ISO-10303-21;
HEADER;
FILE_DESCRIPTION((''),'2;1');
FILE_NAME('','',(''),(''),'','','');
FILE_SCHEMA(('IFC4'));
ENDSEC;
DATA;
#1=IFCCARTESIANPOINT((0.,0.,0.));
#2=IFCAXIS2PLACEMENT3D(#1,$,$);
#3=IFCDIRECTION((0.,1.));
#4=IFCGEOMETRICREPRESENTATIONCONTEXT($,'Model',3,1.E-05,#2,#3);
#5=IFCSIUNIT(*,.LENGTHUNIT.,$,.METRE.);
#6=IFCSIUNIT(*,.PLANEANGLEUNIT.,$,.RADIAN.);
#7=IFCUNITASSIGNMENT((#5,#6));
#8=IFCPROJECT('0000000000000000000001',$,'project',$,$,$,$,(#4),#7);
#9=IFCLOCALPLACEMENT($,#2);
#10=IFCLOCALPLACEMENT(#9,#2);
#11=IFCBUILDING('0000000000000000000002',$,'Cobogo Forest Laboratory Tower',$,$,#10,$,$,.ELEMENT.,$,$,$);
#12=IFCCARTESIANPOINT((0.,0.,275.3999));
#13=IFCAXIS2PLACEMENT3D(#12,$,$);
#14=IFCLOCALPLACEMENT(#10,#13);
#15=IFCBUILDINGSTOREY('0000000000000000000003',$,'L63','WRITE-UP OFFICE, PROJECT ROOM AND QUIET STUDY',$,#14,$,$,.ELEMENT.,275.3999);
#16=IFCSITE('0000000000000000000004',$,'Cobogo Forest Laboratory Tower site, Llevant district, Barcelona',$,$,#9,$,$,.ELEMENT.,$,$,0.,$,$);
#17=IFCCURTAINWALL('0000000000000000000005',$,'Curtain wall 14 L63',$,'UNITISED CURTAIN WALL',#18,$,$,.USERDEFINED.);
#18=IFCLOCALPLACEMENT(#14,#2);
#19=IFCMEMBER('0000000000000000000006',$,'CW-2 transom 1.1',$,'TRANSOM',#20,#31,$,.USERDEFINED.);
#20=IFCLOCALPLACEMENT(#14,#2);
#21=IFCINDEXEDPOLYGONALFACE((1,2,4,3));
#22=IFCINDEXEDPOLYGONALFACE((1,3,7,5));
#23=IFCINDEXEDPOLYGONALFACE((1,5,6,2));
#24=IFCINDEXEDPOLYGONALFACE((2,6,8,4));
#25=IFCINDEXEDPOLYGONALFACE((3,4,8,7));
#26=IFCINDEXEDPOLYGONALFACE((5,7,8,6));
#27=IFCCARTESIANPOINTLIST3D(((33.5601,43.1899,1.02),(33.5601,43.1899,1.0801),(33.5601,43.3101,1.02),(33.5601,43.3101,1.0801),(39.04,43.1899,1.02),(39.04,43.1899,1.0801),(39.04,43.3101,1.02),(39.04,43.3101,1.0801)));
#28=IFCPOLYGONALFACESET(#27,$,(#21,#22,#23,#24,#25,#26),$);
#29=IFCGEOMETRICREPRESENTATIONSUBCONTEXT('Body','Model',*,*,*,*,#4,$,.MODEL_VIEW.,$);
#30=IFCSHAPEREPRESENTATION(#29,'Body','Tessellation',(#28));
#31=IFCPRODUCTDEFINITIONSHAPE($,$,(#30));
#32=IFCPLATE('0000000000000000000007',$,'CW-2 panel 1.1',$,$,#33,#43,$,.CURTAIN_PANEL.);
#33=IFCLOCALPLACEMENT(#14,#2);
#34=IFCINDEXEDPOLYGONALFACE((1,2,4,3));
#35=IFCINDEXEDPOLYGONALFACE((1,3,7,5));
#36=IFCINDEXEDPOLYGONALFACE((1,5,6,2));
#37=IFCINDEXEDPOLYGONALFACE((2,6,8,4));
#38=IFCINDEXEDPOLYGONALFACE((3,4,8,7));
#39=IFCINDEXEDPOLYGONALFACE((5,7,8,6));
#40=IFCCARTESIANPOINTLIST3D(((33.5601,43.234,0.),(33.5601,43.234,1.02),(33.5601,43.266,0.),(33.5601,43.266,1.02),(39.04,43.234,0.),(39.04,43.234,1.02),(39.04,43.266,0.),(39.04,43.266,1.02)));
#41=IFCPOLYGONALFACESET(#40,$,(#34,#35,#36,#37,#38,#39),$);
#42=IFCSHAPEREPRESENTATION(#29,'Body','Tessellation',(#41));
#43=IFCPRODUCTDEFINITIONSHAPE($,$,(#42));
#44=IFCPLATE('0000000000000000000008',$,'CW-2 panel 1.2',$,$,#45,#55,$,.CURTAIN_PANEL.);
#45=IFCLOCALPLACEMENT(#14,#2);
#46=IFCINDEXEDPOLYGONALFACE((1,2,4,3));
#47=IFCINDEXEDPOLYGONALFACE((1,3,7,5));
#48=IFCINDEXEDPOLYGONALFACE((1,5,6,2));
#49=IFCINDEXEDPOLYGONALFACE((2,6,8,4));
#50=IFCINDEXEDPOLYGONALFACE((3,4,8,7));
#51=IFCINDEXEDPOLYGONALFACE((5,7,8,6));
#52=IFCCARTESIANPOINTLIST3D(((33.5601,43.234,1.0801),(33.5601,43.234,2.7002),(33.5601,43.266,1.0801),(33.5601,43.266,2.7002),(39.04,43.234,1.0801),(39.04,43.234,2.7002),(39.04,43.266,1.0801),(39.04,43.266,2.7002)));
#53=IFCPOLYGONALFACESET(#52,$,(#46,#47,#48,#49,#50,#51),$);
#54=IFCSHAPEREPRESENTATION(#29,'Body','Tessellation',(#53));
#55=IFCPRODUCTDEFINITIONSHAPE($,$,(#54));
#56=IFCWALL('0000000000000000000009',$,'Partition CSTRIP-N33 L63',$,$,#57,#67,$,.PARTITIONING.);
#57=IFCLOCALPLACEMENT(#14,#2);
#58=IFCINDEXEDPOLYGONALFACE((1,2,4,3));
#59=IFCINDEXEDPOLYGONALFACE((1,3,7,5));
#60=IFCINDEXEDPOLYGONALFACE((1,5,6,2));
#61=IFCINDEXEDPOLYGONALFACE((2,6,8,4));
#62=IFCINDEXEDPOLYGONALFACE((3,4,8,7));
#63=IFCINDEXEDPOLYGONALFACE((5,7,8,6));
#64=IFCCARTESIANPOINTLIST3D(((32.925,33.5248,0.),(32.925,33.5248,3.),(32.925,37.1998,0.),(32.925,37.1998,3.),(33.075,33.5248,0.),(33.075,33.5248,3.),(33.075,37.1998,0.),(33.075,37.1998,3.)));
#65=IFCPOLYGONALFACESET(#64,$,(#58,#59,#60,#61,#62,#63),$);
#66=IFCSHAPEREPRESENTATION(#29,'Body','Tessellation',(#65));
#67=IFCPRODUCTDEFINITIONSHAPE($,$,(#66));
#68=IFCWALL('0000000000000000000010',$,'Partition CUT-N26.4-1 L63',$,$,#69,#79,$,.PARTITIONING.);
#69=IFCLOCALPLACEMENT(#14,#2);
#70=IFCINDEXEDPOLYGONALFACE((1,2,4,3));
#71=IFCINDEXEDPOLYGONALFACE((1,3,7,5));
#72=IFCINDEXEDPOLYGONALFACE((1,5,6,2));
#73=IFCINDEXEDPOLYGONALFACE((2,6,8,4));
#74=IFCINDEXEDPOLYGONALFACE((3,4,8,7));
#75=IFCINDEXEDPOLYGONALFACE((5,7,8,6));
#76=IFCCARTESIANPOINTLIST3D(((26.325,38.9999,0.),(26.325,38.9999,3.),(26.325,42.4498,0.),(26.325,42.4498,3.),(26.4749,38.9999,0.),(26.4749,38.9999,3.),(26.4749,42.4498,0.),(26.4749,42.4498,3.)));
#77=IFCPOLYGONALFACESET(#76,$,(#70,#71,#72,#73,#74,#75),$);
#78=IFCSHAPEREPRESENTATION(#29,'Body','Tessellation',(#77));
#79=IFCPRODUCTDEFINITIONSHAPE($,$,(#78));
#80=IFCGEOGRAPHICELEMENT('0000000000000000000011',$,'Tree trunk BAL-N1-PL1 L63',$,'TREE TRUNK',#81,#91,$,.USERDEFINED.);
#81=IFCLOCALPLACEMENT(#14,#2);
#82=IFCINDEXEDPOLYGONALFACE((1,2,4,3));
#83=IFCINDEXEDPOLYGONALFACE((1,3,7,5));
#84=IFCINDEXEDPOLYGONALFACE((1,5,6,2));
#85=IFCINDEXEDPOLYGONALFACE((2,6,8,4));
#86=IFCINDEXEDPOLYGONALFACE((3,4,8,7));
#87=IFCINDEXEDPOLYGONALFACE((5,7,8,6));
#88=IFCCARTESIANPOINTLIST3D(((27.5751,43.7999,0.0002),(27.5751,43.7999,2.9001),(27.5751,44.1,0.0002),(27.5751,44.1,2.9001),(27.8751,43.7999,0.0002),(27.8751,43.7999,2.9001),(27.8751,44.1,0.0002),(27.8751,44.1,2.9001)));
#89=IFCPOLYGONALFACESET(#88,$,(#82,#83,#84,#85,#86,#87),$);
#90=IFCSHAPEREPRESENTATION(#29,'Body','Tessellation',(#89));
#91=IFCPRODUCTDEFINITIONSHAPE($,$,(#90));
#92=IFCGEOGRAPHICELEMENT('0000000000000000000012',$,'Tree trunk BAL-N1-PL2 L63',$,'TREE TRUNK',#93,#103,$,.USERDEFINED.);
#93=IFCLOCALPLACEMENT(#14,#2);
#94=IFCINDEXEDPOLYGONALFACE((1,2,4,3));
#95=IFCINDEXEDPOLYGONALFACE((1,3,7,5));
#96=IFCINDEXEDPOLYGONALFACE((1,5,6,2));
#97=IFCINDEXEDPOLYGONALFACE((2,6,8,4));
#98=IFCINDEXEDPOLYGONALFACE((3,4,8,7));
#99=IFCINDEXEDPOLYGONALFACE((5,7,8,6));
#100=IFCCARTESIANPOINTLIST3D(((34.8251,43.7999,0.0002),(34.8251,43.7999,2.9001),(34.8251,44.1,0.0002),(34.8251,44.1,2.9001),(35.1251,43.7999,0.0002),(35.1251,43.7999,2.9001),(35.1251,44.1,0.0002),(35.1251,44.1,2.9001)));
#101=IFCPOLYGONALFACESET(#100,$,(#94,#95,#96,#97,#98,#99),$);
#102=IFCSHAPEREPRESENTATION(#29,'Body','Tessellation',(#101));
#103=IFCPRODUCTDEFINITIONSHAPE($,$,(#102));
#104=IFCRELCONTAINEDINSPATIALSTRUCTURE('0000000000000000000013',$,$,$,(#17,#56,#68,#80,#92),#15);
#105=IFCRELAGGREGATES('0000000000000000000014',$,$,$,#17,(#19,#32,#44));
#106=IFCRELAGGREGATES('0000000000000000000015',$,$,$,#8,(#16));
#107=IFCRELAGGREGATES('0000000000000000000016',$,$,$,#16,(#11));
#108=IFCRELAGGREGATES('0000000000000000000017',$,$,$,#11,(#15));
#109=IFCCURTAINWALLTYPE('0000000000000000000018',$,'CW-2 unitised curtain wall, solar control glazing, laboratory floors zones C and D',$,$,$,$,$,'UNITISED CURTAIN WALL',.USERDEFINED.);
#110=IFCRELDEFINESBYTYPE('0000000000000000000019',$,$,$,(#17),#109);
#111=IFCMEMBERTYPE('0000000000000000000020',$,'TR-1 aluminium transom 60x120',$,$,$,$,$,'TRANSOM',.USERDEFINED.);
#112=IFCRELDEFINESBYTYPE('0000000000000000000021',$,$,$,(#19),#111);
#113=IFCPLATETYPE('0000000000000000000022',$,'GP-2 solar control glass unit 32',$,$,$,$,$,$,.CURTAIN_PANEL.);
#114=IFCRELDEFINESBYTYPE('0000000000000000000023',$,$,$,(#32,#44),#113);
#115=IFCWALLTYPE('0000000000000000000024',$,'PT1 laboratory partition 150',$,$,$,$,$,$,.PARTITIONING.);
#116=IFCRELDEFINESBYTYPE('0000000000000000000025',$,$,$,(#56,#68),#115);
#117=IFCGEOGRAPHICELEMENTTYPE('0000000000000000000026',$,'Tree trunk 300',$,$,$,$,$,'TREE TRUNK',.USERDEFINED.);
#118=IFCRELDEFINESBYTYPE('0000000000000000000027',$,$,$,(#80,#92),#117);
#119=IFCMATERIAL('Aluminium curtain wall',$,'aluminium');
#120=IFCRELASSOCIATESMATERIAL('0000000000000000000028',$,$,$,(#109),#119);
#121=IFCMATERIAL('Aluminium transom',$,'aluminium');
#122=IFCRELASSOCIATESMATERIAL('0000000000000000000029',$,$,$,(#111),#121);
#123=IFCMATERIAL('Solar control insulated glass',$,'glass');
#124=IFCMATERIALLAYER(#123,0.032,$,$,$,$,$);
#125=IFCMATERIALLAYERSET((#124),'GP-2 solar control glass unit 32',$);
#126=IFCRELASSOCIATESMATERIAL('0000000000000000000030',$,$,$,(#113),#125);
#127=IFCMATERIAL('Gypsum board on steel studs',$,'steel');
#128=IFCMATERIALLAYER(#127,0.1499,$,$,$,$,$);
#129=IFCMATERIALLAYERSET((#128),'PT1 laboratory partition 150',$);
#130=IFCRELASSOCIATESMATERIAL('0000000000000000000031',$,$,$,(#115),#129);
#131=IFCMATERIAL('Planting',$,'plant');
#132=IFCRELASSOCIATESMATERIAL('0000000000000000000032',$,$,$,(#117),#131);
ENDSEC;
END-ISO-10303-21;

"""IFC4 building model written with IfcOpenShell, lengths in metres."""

from ifc_helpers import new_model, si_unit, direction, frame, frame_2d, origin, origin_2d, place, context, subcontext, project, spatial, rectangle, extrude, material, layer, layer_set, material_profile, profile_set, type_object, element, aggregate, save


model = new_model("IFC4")

# Units and contexts
model_context = context("Model", 3, precision=1e-05, world=origin(), true_north=direction((0.0, 1.0)))
body_context = subcontext(model_context, "Body", "Model", "MODEL_VIEW")
ifc_project = project(units=[si_unit("LENGTHUNIT", "METRE"), si_unit("PLANEANGLEUNIT", "RADIAN")], contexts=[model_context])

# Site, building, storey
site_placement = place(None, origin())
site = spatial("IfcSite", under=ifc_project, at=site_placement, Name="Cobogo Forest Laboratory Tower site, Llevant district, Barcelona", CompositionType="ELEMENT", RefElevation=0.0)
building_placement = place(site_placement, origin())
building = spatial("IfcBuilding", under=site, at=building_placement, Name="Cobogo Forest Laboratory Tower", CompositionType="ELEMENT")
storey_placement = place(building_placement, frame((0.0, 0.0, 275.3999)))
storey = spatial("IfcBuildingStorey", under=building, at=storey_placement, Name="L63", Description="WRITE-UP OFFICE, PROJECT ROOM AND QUIET STUDY", CompositionType="ELEMENT", Elevation=275.3999)

# Curtain wall
ifc_material_1 = material(Name="Aluminium curtain wall", Category="aluminium")
curtain_wall_type = type_object("IfcCurtainWallType", Name="CW-2 unitised curtain wall, solar control glazing, laboratory floors zones C and D", ElementType="UNITISED CURTAIN WALL", PredefinedType="USERDEFINED", material=ifc_material_1)
curtain_wall_placement = place(storey_placement, origin())
curtain_wall = element("IfcCurtainWall", 1, at=curtain_wall_placement, inside=storey, type_object=curtain_wall_type, Name="Curtain wall 14 L63", ObjectType="UNITISED CURTAIN WALL", PredefinedType="USERDEFINED")

# Member
ifc_material_2 = material(Name="Aluminium transom", Category="aluminium")
ifc_material_profile_1 = material_profile(ifc_material_2, rectangle(XDim=0.1201, YDim=0.0601, at=origin_2d()), Name="AL 60x120")
ifc_profile_set_1 = profile_set([ifc_material_profile_1], Name="Aluminium transom")
member_type_1 = type_object("IfcMemberType", Name="TR-1 aluminium transom 60x120", ElementType="TRANSOM", PredefinedType="USERDEFINED", material=ifc_profile_set_1)
member_1_placement = place(storey_placement, frame((39.04, 43.25, 1.05), z_axis=(-1.0, 0.0, 0.0), x_axis=(0.0, -1.0, 0.0)))
member_1 = element("IfcMember", 2, at=member_1_placement, type_object=member_type_1, Name="CW-2 transom 1.1", ObjectType="TRANSOM", PredefinedType="USERDEFINED", context=body_context, shape_type="SweptSolid", body=[
    extrude(rectangle(XDim=0.1201, YDim=0.0601, at=origin_2d()), origin(), (0.0, 0.0, 1.0), 5.48),
])

# Plates
ifc_material_3 = material(Name="Solar control insulated glass", Category="glass")
ifc_layer_1 = layer(ifc_material_3, 0.032)
ifc_layer_set_1 = layer_set([ifc_layer_1], Name="GP-2 solar control glass unit 32")
plate_type = type_object("IfcPlateType", Name="GP-2 solar control glass unit 32", PredefinedType="CURTAIN_PANEL", material=ifc_layer_set_1)
plate_1_placement = place(storey_placement, frame((36.3, 43.25, 0.0), z_axis=(0.0, 0.0, 1.0), x_axis=(-1.0, 0.0, 0.0)))
plate_1 = element("IfcPlate", 3, at=plate_1_placement, type_object=plate_type, Name="CW-2 panel 1.1", PredefinedType="CURTAIN_PANEL", context=body_context, shape_type="SweptSolid", body=[
    extrude(rectangle(XDim=5.48, YDim=0.032, at=origin_2d()), origin(), (0.0, 0.0, 1.0), 1.02),
])
plate_2_placement = place(storey_placement, frame((36.3, 43.25, 1.0801), z_axis=(0.0, 0.0, 1.0), x_axis=(-1.0, 0.0, 0.0)))
plate_2 = element("IfcPlate", 4, at=plate_2_placement, type_object=plate_type, Name="CW-2 panel 1.2", PredefinedType="CURTAIN_PANEL", context=body_context, shape_type="SweptSolid", body=[
    extrude(rectangle(XDim=5.48, YDim=0.032, at=origin_2d()), origin(), (0.0, 0.0, 1.0), 1.6201),
])
aggregate(curtain_wall, [member_1, plate_1, plate_2])

# Walls
ifc_material_4 = material(Name="Gypsum board on steel studs", Category="steel")
ifc_layer_2 = layer(ifc_material_4, 0.1499)
ifc_layer_set_2 = layer_set([ifc_layer_2], Name="PT1 laboratory partition 150")
wall_type_1 = type_object("IfcWallType", Name="PT1 laboratory partition 150", PredefinedType="PARTITIONING", material=ifc_layer_set_2)
wall_1_placement = place(storey_placement, frame((33.0, 33.5249, 0.0), z_axis=(0.0, 0.0, 1.0), x_axis=(0.0, 1.0, 0.0)))
element("IfcWall", 5, at=wall_1_placement, inside=storey, type_object=wall_type_1, Name="Partition CSTRIP-N33 L63", PredefinedType="PARTITIONING", context=body_context, shape_type="SweptSolid", body=[
    extrude(rectangle(XDim=3.675, YDim=0.1499, at=frame_2d((1.8374, 0.0))), origin(), (0.0, 0.0, 1.0), 3.0),
])
wall_2_placement = place(storey_placement, frame((26.3999, 42.45, 0.0), z_axis=(0.0, 0.0, 1.0), x_axis=(0.0, -1.0, 0.0)))
element("IfcWall", 6, at=wall_2_placement, inside=storey, type_object=wall_type_1, Name="Partition CUT-N26.4-1 L63", PredefinedType="PARTITIONING", context=body_context, shape_type="SweptSolid", body=[
    extrude(rectangle(XDim=3.45, YDim=0.1499, at=frame_2d((1.7251, 0.0))), origin(), (0.0, 0.0, 1.0), 3.0),
])

# Geographic elements
ifc_material_5 = material(Name="Planting", Category="plant")
geographic_element_type = type_object("IfcGeographicElementType", Name="Tree trunk 300", ElementType="TREE TRUNK", PredefinedType="USERDEFINED", material=ifc_material_5)
for number, where, z_axis, x_axis, name in (
    (7, (27.7251, 43.95, 0.0002), (0.0, 0.0, 1.0), (1.0, 0.0, 0.0), "Tree trunk BAL-N1-PL1 L63"),
    (8, (34.9751, 43.95, 0.0002), (0.0, 0.0, 1.0), (1.0, 0.0, 0.0), "Tree trunk BAL-N1-PL2 L63"),
):
    element("IfcGeographicElement", number, at=place(storey_placement, frame(where, z_axis=z_axis, x_axis=x_axis)), inside=storey, type_object=geographic_element_type, Name=name, ObjectType="TREE TRUNK", PredefinedType="USERDEFINED", context=body_context, shape_type="SweptSolid", body=[
        extrude(rectangle(XDim=0.3, YDim=0.3, at=origin_2d()), origin(), (0.0, 0.0, 1.0), 2.8999),
    ])

save(model, "model.ifc")
